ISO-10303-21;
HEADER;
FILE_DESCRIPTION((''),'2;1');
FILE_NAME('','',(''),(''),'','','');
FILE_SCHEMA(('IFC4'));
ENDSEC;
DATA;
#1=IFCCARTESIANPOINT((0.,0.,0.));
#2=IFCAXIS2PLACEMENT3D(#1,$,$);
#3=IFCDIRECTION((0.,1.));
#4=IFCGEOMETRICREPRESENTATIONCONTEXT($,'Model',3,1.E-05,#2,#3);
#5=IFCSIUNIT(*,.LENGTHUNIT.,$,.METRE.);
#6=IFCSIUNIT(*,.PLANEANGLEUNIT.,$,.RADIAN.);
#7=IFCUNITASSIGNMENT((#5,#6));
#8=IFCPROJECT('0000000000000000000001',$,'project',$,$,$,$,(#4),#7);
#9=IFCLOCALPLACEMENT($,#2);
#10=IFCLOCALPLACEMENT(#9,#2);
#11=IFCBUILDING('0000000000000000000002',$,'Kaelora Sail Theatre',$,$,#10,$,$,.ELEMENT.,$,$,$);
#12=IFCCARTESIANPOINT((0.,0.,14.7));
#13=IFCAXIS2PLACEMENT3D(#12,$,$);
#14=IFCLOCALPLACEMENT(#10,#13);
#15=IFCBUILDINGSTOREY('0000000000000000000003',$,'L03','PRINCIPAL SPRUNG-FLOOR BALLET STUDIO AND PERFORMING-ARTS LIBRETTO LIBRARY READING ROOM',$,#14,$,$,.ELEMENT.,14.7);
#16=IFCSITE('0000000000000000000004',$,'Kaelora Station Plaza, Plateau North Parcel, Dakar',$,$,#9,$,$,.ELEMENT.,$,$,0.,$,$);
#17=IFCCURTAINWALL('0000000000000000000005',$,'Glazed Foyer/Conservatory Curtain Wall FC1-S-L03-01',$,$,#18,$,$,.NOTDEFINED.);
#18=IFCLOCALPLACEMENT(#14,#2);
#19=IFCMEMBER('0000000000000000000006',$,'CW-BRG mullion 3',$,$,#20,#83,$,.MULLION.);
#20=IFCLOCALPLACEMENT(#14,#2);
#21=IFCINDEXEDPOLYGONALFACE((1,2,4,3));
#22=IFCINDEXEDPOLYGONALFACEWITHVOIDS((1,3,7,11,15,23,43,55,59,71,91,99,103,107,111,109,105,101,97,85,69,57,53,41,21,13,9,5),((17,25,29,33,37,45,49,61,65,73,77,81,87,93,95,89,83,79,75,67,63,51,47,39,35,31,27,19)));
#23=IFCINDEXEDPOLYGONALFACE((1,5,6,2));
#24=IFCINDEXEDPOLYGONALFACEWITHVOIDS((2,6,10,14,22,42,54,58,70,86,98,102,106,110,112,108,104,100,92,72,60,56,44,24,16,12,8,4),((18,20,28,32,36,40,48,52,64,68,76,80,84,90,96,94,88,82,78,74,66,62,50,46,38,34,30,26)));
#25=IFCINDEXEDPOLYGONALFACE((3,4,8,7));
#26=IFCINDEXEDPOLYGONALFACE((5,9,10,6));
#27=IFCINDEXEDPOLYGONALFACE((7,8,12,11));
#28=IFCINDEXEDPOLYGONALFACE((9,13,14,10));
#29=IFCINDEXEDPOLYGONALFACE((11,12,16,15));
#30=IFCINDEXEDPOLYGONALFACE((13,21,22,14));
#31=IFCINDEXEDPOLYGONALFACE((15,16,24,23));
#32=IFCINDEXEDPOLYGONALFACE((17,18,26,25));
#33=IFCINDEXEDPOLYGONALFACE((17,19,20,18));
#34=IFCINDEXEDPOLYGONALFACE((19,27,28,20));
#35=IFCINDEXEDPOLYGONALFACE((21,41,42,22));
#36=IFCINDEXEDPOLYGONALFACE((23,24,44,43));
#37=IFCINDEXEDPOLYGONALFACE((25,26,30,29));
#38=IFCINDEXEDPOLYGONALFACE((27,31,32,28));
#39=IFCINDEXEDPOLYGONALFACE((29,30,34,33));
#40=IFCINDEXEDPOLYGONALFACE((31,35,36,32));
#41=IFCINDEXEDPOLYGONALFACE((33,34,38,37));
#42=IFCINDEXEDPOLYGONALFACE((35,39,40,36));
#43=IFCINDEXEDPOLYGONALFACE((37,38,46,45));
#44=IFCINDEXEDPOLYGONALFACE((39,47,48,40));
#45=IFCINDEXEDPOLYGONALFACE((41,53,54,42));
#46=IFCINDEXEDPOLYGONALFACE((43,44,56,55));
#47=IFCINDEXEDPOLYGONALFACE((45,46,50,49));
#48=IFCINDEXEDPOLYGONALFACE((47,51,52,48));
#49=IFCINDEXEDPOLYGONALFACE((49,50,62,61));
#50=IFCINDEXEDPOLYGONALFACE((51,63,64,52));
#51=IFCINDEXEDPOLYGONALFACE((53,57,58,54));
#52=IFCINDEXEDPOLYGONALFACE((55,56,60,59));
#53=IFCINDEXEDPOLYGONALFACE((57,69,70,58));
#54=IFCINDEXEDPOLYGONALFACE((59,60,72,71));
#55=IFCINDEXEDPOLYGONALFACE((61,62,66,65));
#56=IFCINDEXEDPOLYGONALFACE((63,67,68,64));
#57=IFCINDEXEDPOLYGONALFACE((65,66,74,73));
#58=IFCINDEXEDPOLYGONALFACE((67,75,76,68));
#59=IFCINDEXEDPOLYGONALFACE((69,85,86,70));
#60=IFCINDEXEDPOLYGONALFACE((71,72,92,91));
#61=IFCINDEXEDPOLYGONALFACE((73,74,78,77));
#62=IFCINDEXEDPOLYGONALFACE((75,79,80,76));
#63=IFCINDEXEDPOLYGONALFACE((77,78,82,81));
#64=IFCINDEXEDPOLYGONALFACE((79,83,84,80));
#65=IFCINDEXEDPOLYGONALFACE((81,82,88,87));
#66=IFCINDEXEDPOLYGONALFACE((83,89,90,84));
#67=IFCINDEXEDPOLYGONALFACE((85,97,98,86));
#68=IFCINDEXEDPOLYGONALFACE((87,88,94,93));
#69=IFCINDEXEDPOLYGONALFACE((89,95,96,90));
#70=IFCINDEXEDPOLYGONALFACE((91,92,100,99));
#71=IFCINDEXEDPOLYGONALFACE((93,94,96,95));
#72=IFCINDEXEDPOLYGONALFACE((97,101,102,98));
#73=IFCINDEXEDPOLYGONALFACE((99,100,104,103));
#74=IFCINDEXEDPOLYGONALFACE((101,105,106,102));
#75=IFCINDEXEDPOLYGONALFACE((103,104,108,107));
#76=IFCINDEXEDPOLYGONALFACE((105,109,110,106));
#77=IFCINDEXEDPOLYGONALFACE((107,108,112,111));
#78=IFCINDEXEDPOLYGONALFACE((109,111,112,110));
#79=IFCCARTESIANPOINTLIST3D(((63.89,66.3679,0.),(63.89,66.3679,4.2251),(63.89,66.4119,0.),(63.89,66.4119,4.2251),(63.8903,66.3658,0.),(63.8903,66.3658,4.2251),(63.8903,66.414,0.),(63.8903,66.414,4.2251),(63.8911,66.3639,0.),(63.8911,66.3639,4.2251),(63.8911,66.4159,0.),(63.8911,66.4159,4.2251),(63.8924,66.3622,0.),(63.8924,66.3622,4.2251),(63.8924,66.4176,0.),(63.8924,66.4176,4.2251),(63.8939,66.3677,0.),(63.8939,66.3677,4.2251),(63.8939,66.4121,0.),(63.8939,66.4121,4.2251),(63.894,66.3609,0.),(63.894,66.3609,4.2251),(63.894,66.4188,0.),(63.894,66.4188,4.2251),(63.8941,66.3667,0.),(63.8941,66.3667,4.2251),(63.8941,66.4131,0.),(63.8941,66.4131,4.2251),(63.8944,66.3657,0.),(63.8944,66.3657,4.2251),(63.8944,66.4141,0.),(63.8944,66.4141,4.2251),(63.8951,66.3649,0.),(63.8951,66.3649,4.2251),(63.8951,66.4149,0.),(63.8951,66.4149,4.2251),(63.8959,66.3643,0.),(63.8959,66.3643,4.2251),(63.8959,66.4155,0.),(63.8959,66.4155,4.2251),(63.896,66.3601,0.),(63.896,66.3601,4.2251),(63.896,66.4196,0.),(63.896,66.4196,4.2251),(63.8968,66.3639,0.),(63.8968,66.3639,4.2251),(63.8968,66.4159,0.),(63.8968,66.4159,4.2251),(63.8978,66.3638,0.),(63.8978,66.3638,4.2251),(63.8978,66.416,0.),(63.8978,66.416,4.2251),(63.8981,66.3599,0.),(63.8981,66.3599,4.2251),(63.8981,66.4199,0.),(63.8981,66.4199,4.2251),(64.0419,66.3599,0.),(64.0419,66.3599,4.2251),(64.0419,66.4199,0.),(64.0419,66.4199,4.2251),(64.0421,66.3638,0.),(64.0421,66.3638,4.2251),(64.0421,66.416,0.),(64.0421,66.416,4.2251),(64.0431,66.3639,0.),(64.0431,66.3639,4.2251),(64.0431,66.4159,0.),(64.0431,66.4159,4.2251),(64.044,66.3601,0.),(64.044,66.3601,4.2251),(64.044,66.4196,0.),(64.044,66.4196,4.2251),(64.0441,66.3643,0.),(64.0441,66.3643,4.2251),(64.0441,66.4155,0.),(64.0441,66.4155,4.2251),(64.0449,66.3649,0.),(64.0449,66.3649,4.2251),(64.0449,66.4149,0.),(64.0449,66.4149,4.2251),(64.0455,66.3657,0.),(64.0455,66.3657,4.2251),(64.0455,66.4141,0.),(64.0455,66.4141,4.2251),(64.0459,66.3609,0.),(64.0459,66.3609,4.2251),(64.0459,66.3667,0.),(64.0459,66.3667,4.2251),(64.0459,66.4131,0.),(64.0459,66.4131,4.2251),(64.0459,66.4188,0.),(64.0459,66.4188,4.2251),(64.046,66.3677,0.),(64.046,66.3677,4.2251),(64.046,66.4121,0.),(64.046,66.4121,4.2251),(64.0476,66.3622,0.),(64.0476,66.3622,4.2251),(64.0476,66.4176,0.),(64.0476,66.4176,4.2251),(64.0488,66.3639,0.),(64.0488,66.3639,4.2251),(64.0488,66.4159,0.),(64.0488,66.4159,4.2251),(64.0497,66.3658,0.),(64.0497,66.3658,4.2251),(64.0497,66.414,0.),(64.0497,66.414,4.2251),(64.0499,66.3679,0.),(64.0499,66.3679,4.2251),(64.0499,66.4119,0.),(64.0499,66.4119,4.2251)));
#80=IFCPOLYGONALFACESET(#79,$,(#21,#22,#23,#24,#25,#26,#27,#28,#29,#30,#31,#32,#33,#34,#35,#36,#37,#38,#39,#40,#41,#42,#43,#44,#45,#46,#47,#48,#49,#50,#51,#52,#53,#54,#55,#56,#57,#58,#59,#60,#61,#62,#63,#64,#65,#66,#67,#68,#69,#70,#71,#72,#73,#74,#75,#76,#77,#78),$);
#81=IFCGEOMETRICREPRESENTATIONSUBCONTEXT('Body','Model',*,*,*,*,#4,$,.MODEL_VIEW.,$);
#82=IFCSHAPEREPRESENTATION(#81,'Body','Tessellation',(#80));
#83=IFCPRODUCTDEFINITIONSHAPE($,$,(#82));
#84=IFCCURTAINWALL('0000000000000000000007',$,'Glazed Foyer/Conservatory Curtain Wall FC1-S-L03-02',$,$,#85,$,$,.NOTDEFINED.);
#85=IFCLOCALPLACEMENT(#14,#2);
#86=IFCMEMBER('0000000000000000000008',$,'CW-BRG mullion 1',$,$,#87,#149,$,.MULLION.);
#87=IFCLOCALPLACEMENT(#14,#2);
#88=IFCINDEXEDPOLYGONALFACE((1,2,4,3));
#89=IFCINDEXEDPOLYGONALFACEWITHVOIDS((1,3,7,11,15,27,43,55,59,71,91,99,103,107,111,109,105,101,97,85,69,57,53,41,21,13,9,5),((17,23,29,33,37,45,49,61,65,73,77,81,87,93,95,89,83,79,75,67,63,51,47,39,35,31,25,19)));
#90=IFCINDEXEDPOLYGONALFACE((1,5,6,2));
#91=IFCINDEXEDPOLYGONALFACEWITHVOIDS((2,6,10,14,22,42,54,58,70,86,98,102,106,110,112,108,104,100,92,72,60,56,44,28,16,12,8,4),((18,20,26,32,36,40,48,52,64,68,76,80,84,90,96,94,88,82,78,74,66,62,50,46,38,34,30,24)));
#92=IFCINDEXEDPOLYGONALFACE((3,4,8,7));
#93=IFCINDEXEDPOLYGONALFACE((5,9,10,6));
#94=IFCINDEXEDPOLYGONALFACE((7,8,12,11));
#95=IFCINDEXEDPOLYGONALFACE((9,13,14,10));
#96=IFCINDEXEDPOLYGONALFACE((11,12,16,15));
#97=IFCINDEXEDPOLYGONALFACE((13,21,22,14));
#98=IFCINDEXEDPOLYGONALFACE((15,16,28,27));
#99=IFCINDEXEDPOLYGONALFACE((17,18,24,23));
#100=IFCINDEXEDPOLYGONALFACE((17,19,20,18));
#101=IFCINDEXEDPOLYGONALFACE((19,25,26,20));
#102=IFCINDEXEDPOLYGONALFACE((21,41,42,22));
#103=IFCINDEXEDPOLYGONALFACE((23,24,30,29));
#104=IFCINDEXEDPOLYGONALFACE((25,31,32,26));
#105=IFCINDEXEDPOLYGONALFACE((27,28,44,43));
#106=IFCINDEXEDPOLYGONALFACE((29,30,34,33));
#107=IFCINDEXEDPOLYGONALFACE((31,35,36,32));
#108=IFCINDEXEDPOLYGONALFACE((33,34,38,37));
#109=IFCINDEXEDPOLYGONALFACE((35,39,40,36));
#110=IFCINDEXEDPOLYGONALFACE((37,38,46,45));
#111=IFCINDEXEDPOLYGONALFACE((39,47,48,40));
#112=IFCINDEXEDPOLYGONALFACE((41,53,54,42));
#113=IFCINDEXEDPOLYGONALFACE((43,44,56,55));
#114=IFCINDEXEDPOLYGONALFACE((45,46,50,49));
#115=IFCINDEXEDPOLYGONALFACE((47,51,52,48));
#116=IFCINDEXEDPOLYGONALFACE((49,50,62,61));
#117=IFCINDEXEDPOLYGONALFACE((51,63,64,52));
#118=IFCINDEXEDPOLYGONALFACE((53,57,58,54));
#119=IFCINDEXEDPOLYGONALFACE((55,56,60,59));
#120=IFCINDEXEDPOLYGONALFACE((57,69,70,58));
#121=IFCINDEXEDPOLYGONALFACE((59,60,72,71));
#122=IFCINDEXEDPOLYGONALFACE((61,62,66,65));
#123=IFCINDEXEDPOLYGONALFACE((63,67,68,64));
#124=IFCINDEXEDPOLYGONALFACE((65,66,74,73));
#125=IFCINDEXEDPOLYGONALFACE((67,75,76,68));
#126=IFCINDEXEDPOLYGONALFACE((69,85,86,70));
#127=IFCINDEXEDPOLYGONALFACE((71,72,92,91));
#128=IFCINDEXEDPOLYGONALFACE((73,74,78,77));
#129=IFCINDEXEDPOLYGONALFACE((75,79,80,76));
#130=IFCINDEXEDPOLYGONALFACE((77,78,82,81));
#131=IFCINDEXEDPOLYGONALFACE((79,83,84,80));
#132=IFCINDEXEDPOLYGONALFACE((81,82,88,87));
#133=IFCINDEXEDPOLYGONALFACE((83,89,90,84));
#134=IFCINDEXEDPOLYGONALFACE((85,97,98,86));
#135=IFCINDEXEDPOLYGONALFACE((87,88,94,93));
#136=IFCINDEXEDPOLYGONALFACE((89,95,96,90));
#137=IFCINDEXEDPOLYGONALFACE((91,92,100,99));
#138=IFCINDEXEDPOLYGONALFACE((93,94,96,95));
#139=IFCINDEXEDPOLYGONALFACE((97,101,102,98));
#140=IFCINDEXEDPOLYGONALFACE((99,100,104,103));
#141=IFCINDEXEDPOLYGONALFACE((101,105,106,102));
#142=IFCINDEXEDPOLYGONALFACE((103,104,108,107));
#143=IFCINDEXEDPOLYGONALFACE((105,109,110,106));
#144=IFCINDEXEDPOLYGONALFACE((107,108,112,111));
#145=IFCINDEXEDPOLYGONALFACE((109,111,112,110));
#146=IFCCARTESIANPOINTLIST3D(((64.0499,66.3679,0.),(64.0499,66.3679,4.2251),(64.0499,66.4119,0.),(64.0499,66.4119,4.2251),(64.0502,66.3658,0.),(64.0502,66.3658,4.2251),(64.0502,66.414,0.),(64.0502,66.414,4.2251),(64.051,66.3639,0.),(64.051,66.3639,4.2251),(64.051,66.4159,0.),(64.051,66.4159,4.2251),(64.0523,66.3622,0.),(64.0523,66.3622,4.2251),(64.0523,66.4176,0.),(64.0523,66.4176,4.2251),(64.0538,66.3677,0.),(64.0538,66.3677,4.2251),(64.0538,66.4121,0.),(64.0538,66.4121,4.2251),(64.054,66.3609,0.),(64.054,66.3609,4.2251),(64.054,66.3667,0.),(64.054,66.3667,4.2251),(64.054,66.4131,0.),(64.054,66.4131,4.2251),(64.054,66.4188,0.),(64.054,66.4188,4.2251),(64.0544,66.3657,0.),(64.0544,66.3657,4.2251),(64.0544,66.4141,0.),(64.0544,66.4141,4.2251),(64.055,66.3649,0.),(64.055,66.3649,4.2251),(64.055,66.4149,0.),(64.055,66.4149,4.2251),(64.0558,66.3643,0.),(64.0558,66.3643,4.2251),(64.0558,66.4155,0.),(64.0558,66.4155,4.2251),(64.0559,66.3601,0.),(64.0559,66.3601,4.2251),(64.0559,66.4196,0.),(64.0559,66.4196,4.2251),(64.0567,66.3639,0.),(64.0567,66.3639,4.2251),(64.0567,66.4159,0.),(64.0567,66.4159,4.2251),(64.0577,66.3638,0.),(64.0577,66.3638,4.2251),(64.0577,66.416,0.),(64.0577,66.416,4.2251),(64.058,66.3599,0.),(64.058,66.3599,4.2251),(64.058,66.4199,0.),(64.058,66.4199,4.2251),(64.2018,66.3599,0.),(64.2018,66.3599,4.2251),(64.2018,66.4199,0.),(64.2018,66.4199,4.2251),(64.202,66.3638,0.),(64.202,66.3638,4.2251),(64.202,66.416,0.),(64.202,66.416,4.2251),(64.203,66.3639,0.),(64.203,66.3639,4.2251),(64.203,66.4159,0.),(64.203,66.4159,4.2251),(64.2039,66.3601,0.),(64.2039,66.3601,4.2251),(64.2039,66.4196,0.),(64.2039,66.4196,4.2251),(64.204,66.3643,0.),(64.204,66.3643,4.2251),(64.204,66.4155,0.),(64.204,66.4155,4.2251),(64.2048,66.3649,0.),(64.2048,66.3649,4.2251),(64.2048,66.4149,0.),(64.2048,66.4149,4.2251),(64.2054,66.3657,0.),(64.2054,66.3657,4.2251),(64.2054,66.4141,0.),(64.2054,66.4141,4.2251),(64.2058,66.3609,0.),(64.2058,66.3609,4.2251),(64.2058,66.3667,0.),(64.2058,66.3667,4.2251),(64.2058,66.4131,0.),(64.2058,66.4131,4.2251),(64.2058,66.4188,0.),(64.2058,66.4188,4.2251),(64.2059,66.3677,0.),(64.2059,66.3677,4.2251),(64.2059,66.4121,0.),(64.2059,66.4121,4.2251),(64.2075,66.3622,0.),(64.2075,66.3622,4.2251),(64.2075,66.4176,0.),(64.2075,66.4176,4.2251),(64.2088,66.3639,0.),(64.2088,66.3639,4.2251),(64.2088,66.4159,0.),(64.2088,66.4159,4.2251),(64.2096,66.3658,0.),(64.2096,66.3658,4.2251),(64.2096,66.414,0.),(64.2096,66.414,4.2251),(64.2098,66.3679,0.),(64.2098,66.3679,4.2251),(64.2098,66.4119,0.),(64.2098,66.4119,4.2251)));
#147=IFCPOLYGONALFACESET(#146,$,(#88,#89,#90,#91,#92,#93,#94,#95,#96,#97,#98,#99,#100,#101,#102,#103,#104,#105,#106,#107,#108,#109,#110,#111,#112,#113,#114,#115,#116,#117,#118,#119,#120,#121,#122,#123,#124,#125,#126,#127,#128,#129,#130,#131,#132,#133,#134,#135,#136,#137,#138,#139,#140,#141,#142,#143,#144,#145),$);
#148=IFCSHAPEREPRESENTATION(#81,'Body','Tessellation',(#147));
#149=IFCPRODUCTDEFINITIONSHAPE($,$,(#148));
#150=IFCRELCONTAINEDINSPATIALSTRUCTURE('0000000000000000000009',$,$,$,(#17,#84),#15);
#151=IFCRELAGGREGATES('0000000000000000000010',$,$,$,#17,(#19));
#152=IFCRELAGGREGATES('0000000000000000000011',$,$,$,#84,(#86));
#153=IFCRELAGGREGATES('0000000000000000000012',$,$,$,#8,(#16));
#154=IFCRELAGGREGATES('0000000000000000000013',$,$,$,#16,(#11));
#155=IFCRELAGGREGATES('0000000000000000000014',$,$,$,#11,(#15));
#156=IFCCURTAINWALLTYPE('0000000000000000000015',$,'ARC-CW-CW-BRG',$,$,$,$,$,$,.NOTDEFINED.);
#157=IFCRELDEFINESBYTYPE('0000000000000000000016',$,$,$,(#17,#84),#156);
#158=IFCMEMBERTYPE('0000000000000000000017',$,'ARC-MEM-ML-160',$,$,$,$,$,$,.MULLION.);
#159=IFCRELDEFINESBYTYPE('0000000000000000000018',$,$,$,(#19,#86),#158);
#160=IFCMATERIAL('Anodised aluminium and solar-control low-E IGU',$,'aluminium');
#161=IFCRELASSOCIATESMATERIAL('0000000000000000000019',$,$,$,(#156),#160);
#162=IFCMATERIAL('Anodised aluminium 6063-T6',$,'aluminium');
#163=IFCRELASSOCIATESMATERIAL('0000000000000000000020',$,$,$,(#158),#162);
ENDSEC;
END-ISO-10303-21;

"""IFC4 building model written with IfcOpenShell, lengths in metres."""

from ifc_helpers import new_model, si_unit, direction, frame, origin, origin_2d, place, context, subcontext, project, spatial, hollow_rectangle, extrude, material, material_profile, profile_set, type_object, element, aggregate, save


model = new_model("IFC4")

# Units and contexts
model_context = context("Model", 3, precision=1e-05, world=origin(), true_north=direction((0.0, 1.0)))
body_context = subcontext(model_context, "Body", "Model", "MODEL_VIEW")
ifc_project = project(units=[si_unit("LENGTHUNIT", "METRE"), si_unit("PLANEANGLEUNIT", "RADIAN")], contexts=[model_context])

# Site, building, storey
site_placement = place(None, origin())
site = spatial("IfcSite", under=ifc_project, at=site_placement, Name="Kaelora Station Plaza, Plateau North Parcel, Dakar", CompositionType="ELEMENT", RefElevation=0.0)
building_placement = place(site_placement, origin())
building = spatial("IfcBuilding", under=site, at=building_placement, Name="Kaelora Sail Theatre", CompositionType="ELEMENT")
storey_placement = place(building_placement, frame((0.0, 0.0, 14.7)))
storey = spatial("IfcBuildingStorey", under=building, at=storey_placement, Name="L03", Description="PRINCIPAL SPRUNG-FLOOR BALLET STUDIO AND PERFORMING-ARTS LIBRETTO LIBRARY READING ROOM", CompositionType="ELEMENT", Elevation=14.7)

# Curtain wall, member
ifc_material_1 = material(Name="Anodised aluminium and solar-control low-E IGU", Category="aluminium")
curtain_wall_type = type_object("IfcCurtainWallType", Name="ARC-CW-CW-BRG", PredefinedType="NOTDEFINED", material=ifc_material_1)
curtain_wall_1_placement = place(storey_placement, origin())
curtain_wall_1 = element("IfcCurtainWall", 1, at=curtain_wall_1_placement, inside=storey, type_object=curtain_wall_type, Name="Glazed Foyer/Conservatory Curtain Wall FC1-S-L03-01", PredefinedType="NOTDEFINED")
ifc_material_2 = material(Name="Anodised aluminium 6063-T6", Category="aluminium")
ifc_material_profile_1 = material_profile(ifc_material_2, hollow_rectangle(XDim=0.0601, YDim=0.1599, WallThickness=0.0039, InnerFilletRadius=0.0039, OuterFilletRadius=0.0081, at=origin_2d()), Name="ALU-MULL 60x160x4")
ifc_profile_set_1 = profile_set([ifc_material_profile_1], Name="Anodised aluminium 6063-T6")
member_type_1 = type_object("IfcMemberType", Name="ARC-MEM-ML-160", PredefinedType="MULLION", material=ifc_profile_set_1)
member_1_placement = place(storey_placement, frame((63.97, 66.3899, 0.0), z_axis=(0.0, 0.0, 1.0), x_axis=(0.0, 1.0, 0.0)))
member_1 = element("IfcMember", 2, at=member_1_placement, type_object=member_type_1, Name="CW-BRG mullion 3", PredefinedType="MULLION", context=body_context, shape_type="SweptSolid", body=[
    extrude(hollow_rectangle(XDim=0.0601, YDim=0.1599, WallThickness=0.0039, InnerFilletRadius=0.0039, OuterFilletRadius=0.0081, at=origin_2d()), origin(), (0.0, 0.0, 1.0), 4.2251),
])

# Curtain wall, member
curtain_wall_2_placement = place(storey_placement, origin())
curtain_wall_2 = element("IfcCurtainWall", 3, at=curtain_wall_2_placement, inside=storey, type_object=curtain_wall_type, Name="Glazed Foyer/Conservatory Curtain Wall FC1-S-L03-02", PredefinedType="NOTDEFINED")
member_2_placement = place(storey_placement, frame((64.1299, 66.3899, 0.0), z_axis=(0.0, 0.0, 1.0), x_axis=(0.0, 1.0, 0.0)))
member_2 = element("IfcMember", 4, at=member_2_placement, type_object=member_type_1, Name="CW-BRG mullion 1", PredefinedType="MULLION", context=body_context, shape_type="SweptSolid", body=[
    extrude(hollow_rectangle(XDim=0.0601, YDim=0.1599, WallThickness=0.0039, InnerFilletRadius=0.0039, OuterFilletRadius=0.0081, at=origin_2d()), origin(), (0.0, 0.0, 1.0), 4.2251),
])

aggregate(curtain_wall_1, [member_1])
aggregate(curtain_wall_2, [member_2])

save(model, "model.ifc")
